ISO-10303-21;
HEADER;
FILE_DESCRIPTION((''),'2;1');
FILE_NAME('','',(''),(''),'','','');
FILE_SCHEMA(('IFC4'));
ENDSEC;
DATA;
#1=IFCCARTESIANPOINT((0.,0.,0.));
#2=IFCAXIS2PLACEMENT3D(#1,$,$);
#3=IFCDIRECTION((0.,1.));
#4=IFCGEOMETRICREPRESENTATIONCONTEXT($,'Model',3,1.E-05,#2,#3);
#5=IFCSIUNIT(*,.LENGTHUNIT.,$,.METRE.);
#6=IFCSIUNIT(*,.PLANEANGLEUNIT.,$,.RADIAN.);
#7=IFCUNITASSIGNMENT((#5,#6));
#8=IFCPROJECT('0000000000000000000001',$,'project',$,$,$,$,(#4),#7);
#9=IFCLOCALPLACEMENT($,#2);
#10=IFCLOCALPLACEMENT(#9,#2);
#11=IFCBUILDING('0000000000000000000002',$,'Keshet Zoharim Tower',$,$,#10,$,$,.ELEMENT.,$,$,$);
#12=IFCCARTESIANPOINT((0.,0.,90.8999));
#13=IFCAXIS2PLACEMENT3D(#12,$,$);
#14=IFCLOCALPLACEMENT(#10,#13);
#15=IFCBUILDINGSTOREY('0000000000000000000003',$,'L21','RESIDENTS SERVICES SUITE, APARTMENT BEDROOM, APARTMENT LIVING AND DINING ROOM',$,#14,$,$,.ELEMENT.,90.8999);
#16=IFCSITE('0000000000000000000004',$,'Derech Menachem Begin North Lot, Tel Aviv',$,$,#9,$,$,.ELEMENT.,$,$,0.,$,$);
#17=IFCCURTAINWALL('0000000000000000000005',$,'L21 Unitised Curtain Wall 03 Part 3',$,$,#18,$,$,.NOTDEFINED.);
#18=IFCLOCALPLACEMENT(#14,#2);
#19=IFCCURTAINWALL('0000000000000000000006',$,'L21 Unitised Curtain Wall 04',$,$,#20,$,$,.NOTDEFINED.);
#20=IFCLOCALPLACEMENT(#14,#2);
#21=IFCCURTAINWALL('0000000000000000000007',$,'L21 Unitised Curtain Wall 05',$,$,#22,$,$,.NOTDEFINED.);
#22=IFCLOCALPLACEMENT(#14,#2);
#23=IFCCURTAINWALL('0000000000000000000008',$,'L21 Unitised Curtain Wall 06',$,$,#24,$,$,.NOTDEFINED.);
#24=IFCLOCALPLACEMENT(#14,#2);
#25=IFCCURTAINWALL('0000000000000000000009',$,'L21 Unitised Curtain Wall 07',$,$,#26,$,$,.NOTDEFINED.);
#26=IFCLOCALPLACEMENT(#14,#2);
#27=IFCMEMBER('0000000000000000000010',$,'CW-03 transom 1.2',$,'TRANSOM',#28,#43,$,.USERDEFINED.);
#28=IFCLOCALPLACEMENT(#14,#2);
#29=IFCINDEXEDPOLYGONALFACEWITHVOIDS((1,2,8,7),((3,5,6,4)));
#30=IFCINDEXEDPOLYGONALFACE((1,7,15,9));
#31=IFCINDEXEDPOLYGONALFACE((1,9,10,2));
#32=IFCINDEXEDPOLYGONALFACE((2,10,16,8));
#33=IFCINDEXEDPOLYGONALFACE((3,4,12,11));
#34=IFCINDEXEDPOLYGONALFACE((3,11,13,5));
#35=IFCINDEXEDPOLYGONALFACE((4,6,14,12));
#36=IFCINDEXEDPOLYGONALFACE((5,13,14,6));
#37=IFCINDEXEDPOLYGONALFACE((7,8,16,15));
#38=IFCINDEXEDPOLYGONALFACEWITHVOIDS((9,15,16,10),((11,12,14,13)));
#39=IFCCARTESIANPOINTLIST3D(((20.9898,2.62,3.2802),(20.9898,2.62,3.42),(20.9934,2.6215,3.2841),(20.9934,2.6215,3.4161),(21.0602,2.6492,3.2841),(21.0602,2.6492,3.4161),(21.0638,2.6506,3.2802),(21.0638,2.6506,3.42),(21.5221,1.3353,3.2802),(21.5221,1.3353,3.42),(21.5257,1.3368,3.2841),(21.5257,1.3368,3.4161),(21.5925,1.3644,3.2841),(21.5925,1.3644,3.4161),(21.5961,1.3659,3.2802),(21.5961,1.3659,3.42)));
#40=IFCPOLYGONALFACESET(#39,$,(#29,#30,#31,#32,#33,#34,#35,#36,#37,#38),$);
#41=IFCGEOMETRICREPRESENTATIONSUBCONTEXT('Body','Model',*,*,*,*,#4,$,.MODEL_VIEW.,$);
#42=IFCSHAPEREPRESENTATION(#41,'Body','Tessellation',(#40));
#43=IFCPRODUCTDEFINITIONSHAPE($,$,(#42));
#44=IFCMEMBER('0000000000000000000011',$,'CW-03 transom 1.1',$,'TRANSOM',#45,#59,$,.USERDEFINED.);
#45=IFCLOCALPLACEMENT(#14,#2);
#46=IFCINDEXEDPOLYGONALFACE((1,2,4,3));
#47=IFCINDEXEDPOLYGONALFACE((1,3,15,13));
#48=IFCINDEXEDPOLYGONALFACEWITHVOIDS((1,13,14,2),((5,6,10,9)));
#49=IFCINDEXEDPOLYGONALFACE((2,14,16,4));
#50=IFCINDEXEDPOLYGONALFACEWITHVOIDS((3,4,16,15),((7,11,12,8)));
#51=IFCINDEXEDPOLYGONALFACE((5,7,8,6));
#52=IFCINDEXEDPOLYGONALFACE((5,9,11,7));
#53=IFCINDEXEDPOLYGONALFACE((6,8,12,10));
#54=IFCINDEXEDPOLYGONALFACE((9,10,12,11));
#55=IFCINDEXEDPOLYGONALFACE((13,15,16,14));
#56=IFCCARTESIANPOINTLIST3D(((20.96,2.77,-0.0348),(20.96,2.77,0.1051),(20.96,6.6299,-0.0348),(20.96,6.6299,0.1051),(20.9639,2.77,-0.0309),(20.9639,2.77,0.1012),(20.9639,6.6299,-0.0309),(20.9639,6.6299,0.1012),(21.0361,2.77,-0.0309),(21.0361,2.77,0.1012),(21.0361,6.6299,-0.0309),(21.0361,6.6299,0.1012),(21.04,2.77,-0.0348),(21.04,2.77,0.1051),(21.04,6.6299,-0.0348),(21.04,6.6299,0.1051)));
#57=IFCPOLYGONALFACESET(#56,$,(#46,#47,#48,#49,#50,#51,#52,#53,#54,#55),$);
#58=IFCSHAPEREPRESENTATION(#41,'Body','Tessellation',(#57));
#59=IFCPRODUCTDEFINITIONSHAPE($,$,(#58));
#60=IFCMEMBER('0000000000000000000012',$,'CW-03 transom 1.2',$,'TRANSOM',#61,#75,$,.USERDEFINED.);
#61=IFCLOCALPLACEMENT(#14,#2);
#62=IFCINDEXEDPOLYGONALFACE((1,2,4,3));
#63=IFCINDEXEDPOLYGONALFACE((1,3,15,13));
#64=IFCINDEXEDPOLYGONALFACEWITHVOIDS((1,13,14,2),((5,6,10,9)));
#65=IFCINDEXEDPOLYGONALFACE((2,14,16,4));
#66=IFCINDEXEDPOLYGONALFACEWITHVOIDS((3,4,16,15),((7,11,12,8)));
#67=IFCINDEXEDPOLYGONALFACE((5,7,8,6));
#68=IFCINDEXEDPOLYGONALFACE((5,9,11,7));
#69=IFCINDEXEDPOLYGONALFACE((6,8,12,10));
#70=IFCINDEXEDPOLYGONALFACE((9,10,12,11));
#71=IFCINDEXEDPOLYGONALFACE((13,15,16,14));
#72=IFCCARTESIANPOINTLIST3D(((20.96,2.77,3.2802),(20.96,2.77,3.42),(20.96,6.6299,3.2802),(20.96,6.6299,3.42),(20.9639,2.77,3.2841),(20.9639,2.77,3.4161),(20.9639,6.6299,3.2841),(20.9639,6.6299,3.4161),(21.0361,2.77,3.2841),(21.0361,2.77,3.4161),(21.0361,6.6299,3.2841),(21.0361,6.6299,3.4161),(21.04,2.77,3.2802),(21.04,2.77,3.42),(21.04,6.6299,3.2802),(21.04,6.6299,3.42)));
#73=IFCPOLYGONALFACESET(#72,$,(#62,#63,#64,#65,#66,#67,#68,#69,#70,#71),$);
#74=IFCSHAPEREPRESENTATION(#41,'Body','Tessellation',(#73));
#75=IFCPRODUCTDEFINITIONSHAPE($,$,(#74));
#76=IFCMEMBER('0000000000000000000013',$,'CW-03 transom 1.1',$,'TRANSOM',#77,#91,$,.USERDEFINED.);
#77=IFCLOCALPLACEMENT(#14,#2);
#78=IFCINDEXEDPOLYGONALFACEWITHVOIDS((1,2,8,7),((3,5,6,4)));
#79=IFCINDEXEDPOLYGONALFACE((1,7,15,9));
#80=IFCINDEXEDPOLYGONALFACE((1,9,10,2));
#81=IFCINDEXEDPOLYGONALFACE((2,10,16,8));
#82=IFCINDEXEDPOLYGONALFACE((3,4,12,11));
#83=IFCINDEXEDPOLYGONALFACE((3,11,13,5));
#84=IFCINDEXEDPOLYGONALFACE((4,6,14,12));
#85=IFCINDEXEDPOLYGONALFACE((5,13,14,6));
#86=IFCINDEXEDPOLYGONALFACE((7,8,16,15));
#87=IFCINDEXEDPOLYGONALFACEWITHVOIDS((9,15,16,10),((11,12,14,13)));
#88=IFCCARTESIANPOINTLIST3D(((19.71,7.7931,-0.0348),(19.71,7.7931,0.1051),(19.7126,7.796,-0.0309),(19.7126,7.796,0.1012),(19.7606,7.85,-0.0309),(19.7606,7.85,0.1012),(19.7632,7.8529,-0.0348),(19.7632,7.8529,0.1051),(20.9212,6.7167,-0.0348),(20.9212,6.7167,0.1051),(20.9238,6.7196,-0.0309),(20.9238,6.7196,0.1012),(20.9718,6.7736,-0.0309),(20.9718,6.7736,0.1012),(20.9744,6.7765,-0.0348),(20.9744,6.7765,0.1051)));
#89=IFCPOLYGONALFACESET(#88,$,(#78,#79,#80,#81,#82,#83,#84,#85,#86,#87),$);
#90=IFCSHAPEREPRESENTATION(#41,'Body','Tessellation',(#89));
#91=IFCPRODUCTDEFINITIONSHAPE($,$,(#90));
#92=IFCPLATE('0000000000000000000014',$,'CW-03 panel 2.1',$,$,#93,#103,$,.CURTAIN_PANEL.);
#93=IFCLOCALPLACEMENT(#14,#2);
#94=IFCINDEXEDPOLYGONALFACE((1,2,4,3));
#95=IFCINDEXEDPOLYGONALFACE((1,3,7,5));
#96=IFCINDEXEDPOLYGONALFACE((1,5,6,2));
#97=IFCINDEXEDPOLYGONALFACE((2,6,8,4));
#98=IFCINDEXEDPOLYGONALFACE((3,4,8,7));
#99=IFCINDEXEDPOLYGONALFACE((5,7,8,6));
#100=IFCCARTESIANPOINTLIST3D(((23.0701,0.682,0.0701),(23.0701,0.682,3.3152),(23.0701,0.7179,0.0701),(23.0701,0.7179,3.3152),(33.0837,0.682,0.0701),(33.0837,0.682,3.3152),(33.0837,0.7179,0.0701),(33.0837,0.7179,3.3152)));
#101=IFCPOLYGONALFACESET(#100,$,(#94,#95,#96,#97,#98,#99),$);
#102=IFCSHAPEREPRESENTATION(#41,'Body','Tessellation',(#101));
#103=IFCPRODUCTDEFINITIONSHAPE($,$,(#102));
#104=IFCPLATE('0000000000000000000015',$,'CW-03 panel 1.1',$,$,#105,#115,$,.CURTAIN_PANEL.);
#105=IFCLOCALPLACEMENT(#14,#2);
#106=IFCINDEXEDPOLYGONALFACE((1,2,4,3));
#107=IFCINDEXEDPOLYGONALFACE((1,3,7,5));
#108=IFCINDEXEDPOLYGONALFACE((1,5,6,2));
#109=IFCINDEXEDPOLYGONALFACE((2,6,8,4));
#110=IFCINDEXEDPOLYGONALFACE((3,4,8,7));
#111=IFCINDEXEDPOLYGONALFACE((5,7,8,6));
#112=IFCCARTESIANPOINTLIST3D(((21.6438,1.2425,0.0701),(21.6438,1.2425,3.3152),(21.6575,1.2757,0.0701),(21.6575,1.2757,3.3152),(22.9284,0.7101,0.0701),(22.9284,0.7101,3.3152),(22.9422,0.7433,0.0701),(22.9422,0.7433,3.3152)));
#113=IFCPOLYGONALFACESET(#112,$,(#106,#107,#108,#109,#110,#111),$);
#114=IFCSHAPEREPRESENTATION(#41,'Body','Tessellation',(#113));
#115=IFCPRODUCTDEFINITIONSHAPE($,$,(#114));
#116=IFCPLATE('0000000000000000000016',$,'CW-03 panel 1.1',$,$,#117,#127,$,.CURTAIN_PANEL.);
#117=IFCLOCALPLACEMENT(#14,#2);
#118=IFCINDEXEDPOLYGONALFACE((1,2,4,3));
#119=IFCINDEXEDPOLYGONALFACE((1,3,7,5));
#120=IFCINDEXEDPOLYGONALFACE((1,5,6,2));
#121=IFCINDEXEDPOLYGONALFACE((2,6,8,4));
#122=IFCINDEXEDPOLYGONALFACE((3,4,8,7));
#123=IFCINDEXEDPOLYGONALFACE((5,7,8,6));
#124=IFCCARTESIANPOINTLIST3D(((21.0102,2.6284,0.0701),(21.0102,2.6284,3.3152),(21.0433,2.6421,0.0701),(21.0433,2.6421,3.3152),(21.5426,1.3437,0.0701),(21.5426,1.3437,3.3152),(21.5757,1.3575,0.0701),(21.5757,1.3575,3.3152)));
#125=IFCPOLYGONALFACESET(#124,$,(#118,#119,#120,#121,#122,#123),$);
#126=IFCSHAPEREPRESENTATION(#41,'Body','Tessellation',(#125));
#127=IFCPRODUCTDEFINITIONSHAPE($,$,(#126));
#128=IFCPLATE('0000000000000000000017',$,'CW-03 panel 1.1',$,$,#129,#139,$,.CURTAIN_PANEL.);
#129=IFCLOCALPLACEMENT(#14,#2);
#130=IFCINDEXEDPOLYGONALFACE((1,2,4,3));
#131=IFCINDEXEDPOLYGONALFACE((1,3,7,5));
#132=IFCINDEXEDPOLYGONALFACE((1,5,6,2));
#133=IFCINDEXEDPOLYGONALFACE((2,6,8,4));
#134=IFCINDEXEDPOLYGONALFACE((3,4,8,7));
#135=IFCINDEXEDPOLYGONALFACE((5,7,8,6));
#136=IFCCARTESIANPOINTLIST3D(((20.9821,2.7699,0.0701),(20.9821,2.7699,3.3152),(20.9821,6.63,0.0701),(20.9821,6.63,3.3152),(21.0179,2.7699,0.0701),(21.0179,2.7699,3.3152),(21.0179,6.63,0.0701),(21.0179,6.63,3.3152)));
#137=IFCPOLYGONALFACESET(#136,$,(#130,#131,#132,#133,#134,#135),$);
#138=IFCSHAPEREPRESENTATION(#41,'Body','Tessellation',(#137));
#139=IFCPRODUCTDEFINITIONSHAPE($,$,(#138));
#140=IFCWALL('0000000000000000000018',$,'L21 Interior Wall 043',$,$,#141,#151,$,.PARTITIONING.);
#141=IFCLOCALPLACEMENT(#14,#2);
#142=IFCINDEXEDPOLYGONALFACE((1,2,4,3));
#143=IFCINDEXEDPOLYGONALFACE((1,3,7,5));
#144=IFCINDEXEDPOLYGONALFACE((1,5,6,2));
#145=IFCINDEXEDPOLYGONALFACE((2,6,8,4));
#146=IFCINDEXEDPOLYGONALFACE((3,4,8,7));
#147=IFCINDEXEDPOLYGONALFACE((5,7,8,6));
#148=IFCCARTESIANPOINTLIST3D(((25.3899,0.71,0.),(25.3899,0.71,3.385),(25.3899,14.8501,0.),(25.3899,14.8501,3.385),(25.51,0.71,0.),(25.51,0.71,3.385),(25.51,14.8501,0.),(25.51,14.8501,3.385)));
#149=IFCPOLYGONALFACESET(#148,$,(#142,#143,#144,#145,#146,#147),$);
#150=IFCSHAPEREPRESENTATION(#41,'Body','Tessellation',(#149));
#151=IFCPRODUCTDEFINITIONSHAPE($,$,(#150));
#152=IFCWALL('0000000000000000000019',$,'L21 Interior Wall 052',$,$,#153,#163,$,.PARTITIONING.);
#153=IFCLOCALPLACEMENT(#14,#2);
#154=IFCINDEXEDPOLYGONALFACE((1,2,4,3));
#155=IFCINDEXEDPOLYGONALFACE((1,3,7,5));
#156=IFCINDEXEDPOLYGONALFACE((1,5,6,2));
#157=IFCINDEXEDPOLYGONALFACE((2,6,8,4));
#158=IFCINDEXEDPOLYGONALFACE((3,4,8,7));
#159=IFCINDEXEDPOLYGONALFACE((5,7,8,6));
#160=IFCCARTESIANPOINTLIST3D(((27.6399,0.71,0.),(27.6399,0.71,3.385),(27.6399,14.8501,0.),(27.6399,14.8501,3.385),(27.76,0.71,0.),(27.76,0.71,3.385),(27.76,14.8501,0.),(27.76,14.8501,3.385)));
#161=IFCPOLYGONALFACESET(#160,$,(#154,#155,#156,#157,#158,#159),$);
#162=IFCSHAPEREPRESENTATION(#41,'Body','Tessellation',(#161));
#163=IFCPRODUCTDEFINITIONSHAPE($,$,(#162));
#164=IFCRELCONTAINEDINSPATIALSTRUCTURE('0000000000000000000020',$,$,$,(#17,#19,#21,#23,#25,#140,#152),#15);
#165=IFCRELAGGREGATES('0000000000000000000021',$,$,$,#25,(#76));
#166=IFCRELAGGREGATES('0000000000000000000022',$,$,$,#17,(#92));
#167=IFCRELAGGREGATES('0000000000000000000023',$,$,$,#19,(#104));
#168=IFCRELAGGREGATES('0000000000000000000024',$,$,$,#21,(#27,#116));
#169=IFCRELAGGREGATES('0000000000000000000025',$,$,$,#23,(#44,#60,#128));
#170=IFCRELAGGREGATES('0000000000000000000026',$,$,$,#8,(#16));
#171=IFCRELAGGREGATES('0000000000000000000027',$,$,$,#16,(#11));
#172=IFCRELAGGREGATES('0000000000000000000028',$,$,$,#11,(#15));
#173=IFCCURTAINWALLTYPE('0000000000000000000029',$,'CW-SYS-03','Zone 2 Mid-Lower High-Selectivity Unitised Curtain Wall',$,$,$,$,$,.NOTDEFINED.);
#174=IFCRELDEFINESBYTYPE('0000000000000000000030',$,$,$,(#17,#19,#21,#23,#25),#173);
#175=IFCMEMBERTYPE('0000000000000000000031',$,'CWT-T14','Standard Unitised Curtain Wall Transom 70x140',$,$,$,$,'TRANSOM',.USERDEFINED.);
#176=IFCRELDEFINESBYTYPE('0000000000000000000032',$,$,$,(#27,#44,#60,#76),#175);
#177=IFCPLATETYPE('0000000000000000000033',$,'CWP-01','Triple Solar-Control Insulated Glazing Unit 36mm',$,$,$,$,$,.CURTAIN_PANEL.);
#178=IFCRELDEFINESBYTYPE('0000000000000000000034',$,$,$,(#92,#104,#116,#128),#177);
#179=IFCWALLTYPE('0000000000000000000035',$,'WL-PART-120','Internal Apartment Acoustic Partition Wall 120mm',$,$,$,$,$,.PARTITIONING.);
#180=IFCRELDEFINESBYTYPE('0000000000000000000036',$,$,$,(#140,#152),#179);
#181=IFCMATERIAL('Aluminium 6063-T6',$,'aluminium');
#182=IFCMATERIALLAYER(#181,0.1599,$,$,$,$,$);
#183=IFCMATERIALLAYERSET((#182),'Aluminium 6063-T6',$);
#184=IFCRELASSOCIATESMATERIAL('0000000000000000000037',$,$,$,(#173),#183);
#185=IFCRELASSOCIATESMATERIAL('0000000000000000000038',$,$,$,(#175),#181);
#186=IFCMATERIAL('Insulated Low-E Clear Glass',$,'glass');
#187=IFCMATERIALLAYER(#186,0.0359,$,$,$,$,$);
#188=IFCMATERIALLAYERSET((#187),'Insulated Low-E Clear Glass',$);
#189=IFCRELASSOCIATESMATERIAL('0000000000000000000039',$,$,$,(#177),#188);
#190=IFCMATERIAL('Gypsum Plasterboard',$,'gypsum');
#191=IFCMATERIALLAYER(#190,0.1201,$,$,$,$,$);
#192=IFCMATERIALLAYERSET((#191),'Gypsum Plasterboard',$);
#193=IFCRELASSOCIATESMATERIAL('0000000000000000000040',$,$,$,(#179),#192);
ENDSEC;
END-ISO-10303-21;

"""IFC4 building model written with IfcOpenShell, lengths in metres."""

from ifc_helpers import new_model, si_unit, direction, frame, frame_2d, origin, origin_2d, place, context, subcontext, project, spatial, rectangle, hollow_rectangle, extrude, material, layer, layer_set, material_profile, profile_set, type_object, element, aggregate, save


model = new_model("IFC4")

# Units and contexts
model_context = context("Model", 3, precision=1e-05, world=origin(), true_north=direction((0.0, 1.0)))
body_context = subcontext(model_context, "Body", "Model", "MODEL_VIEW")
ifc_project = project(units=[si_unit("LENGTHUNIT", "METRE"), si_unit("PLANEANGLEUNIT", "RADIAN")], contexts=[model_context])

# Site, building, storey
site_placement = place(None, origin())
site = spatial("IfcSite", under=ifc_project, at=site_placement, Name="Derech Menachem Begin North Lot, Tel Aviv", CompositionType="ELEMENT", RefElevation=0.0)
building_placement = place(site_placement, origin())
building = spatial("IfcBuilding", under=site, at=building_placement, Name="Keshet Zoharim Tower", CompositionType="ELEMENT")
storey_placement = place(building_placement, frame((0.0, 0.0, 90.8999)))
storey = spatial("IfcBuildingStorey", under=building, at=storey_placement, Name="L21", Description="RESIDENTS SERVICES SUITE, APARTMENT BEDROOM, APARTMENT LIVING AND DINING ROOM", CompositionType="ELEMENT", Elevation=90.8999)

# Curtain wall
ifc_material_1 = material(Name="Aluminium 6063-T6", Category="aluminium")
ifc_layer_1 = layer(ifc_material_1, 0.1599)
ifc_layer_set_1 = layer_set([ifc_layer_1], Name="Aluminium 6063-T6")
curtain_wall_type = type_object("IfcCurtainWallType", Name="CW-SYS-03", Description="Zone 2 Mid-Lower High-Selectivity Unitised Curtain Wall", PredefinedType="NOTDEFINED", material=ifc_layer_set_1)
curtain_wall_1_placement = place(storey_placement, origin())
curtain_wall_1 = element("IfcCurtainWall", 1, at=curtain_wall_1_placement, inside=storey, type_object=curtain_wall_type, Name="L21 Unitised Curtain Wall 03 Part 3", PredefinedType="NOTDEFINED")

# Curtain walls
curtain_wall_2_placement = place(storey_placement, origin())
curtain_wall_2 = element("IfcCurtainWall", 2, at=curtain_wall_2_placement, inside=storey, type_object=curtain_wall_type, Name="L21 Unitised Curtain Wall 04", PredefinedType="NOTDEFINED")
curtain_wall_3_placement = place(storey_placement, origin())
curtain_wall_3 = element("IfcCurtainWall", 3, at=curtain_wall_3_placement, inside=storey, type_object=curtain_wall_type, Name="L21 Unitised Curtain Wall 05", PredefinedType="NOTDEFINED")
curtain_wall_4_placement = place(storey_placement, origin())
curtain_wall_4 = element("IfcCurtainWall", 4, at=curtain_wall_4_placement, inside=storey, type_object=curtain_wall_type, Name="L21 Unitised Curtain Wall 06", PredefinedType="NOTDEFINED")

# Curtain wall
curtain_wall_5_placement = place(storey_placement, origin())
curtain_wall_5 = element("IfcCurtainWall", 5, at=curtain_wall_5_placement, inside=storey, type_object=curtain_wall_type, Name="L21 Unitised Curtain Wall 07", PredefinedType="NOTDEFINED")

# Members
ifc_material_profile_1 = material_profile(ifc_material_1, hollow_rectangle(XDim=0.0801, YDim=0.1399, WallThickness=0.0039, at=origin_2d()), Name="TRN-80x140")
ifc_profile_set_1 = profile_set([ifc_material_profile_1], Name="Aluminium 6063-T6")
member_type_1 = type_object("IfcMemberType", Name="CWT-T14", Description="Standard Unitised Curtain Wall Transom 70x140", ElementType="TRANSOM", PredefinedType="USERDEFINED", material=ifc_profile_set_1)
member_1_placement = place(storey_placement, frame((21.5591, 1.3506, 3.3501), z_axis=(-0.382745, 0.923854, 0.0), x_axis=(-0.923854, -0.382745, 0.0)))
member_1 = element("IfcMember", 6, at=member_1_placement, type_object=member_type_1, Name="CW-03 transom 1.2", ObjectType="TRANSOM", PredefinedType="USERDEFINED", context=body_context, shape_type="SweptSolid", body=[
    extrude(hollow_rectangle(XDim=0.0801, YDim=0.1399, WallThickness=0.0039, at=origin_2d()), origin(), (0.0, 0.0, 1.0), 1.3906),
])
member_2_placement = place(storey_placement, frame((21.0, 2.77, 0.0352), z_axis=(0.0, 1.0, 0.0), x_axis=(-1.0, 0.0, 0.0)))
member_2 = element("IfcMember", 7, at=member_2_placement, type_object=member_type_1, Name="CW-03 transom 1.1", ObjectType="TRANSOM", PredefinedType="USERDEFINED", context=body_context, shape_type="SweptSolid", body=[
    extrude(hollow_rectangle(XDim=0.0801, YDim=0.1399, WallThickness=0.0039, at=origin_2d()), origin(), (0.0, 0.0, 1.0), 3.8599),
])
member_3_placement = place(storey_placement, frame((21.0, 2.77, 3.3501), z_axis=(0.0, 1.0, 0.0), x_axis=(-1.0, 0.0, 0.0)))
member_3 = element("IfcMember", 8, at=member_3_placement, type_object=member_type_1, Name="CW-03 transom 1.2", ObjectType="TRANSOM", PredefinedType="USERDEFINED", context=body_context, shape_type="SweptSolid", body=[
    extrude(hollow_rectangle(XDim=0.0801, YDim=0.1399, WallThickness=0.0039, at=origin_2d()), origin(), (0.0, 0.0, 1.0), 3.8599),
])
member_4_placement = place(storey_placement, frame((20.9478, 6.7466, 0.0352), z_axis=(-0.747468, 0.664298, 0.0), x_axis=(-0.664298, -0.747468, 0.0)))
member_4 = element("IfcMember", 9, at=member_4_placement, type_object=member_type_1, Name="CW-03 transom 1.1", ObjectType="TRANSOM", PredefinedType="USERDEFINED", context=body_context, shape_type="SweptSolid", body=[
    extrude(hollow_rectangle(XDim=0.0801, YDim=0.1399, WallThickness=0.0039, at=origin_2d()), origin(), (0.0, 0.0, 1.0), 1.6204),
])
aggregate(curtain_wall_5, [member_4])

# Plates
ifc_material_2 = material(Name="Insulated Low-E Clear Glass", Category="glass")
ifc_layer_2 = layer(ifc_material_2, 0.0359)
ifc_layer_set_2 = layer_set([ifc_layer_2], Name="Insulated Low-E Clear Glass")
plate_type = type_object("IfcPlateType", Name="CWP-01", Description="Triple Solar-Control Insulated Glazing Unit 36mm", PredefinedType="CURTAIN_PANEL", material=ifc_layer_set_2)
plate_1_placement = place(storey_placement, frame((28.0769, 0.7, 0.0701), z_axis=(0.0, 0.0, 1.0), x_axis=(-1.0, 0.0, 0.0)))
plate_1 = element("IfcPlate", 10, at=plate_1_placement, type_object=plate_type, Name="CW-03 panel 2.1", PredefinedType="CURTAIN_PANEL", context=body_context, shape_type="SweptSolid", body=[
    extrude(rectangle(XDim=10.0137, YDim=0.0359, at=origin_2d()), origin(), (0.0, 0.0, 1.0), 3.2451),
])
aggregate(curtain_wall_1, [plate_1])
plate_2_placement = place(storey_placement, frame((22.293, 0.9929, 0.0701), z_axis=(0.0, 0.0, 1.0), x_axis=(-0.92381, 0.382852, 0.0)))
plate_2 = element("IfcPlate", 11, at=plate_2_placement, type_object=plate_type, Name="CW-03 panel 1.1", PredefinedType="CURTAIN_PANEL", context=body_context, shape_type="SweptSolid", body=[
    extrude(rectangle(XDim=1.3906, YDim=0.0359, at=origin_2d()), origin(), (0.0, 0.0, 1.0), 3.2451),
])
aggregate(curtain_wall_2, [plate_2])
plate_3_placement = place(storey_placement, frame((21.293, 1.9929, 0.0701), z_axis=(0.0, 0.0, 1.0), x_axis=(-0.382852, 0.92381, 0.0)))
plate_3 = element("IfcPlate", 12, at=plate_3_placement, type_object=plate_type, Name="CW-03 panel 1.1", PredefinedType="CURTAIN_PANEL", context=body_context, shape_type="SweptSolid", body=[
    extrude(rectangle(XDim=1.3906, YDim=0.0359, at=origin_2d()), origin(), (0.0, 0.0, 1.0), 3.2451),
])
aggregate(curtain_wall_3, [member_1, plate_3])
plate_4_placement = place(storey_placement, frame((21.0, 4.7, 0.0701), z_axis=(0.0, 0.0, 1.0), x_axis=(0.0, 1.0, 0.0)))
plate_4 = element("IfcPlate", 13, at=plate_4_placement, type_object=plate_type, Name="CW-03 panel 1.1", PredefinedType="CURTAIN_PANEL", context=body_context, shape_type="SweptSolid", body=[
    extrude(rectangle(XDim=3.8601, YDim=0.0359, at=origin_2d()), origin(), (0.0, 0.0, 1.0), 3.2451),
])
aggregate(curtain_wall_4, [member_2, member_3, plate_4])

# Walls
ifc_material_3 = material(Name="Gypsum Plasterboard", Category="gypsum")
ifc_layer_3 = layer(ifc_material_3, 0.1201)
ifc_layer_set_3 = layer_set([ifc_layer_3], Name="Gypsum Plasterboard")
wall_type = type_object("IfcWallType", Name="WL-PART-120", Description="Internal Apartment Acoustic Partition Wall 120mm", PredefinedType="PARTITIONING", material=ifc_layer_set_3)
for number, where, z_axis, x_axis, name in (
    (14, (25.45, 0.71, 0.0), (0.0, 0.0, 1.0), (0.0, 1.0, 0.0), "L21 Interior Wall 043"),
    (15, (27.7, 0.71, 0.0), (0.0, 0.0, 1.0), (0.0, 1.0, 0.0), "L21 Interior Wall 052"),
):
    element("IfcWall", number, at=place(storey_placement, frame(where, z_axis=z_axis, x_axis=x_axis)), inside=storey, type_object=wall_type, Name=name, PredefinedType="PARTITIONING", context=body_context, shape_type="SweptSolid", body=[
        extrude(rectangle(XDim=14.1401, YDim=0.1201, at=frame_2d((7.0701, 0.0))), origin(), (0.0, 0.0, 1.0), 3.385),
    ])

save(model, "model.ifc")
